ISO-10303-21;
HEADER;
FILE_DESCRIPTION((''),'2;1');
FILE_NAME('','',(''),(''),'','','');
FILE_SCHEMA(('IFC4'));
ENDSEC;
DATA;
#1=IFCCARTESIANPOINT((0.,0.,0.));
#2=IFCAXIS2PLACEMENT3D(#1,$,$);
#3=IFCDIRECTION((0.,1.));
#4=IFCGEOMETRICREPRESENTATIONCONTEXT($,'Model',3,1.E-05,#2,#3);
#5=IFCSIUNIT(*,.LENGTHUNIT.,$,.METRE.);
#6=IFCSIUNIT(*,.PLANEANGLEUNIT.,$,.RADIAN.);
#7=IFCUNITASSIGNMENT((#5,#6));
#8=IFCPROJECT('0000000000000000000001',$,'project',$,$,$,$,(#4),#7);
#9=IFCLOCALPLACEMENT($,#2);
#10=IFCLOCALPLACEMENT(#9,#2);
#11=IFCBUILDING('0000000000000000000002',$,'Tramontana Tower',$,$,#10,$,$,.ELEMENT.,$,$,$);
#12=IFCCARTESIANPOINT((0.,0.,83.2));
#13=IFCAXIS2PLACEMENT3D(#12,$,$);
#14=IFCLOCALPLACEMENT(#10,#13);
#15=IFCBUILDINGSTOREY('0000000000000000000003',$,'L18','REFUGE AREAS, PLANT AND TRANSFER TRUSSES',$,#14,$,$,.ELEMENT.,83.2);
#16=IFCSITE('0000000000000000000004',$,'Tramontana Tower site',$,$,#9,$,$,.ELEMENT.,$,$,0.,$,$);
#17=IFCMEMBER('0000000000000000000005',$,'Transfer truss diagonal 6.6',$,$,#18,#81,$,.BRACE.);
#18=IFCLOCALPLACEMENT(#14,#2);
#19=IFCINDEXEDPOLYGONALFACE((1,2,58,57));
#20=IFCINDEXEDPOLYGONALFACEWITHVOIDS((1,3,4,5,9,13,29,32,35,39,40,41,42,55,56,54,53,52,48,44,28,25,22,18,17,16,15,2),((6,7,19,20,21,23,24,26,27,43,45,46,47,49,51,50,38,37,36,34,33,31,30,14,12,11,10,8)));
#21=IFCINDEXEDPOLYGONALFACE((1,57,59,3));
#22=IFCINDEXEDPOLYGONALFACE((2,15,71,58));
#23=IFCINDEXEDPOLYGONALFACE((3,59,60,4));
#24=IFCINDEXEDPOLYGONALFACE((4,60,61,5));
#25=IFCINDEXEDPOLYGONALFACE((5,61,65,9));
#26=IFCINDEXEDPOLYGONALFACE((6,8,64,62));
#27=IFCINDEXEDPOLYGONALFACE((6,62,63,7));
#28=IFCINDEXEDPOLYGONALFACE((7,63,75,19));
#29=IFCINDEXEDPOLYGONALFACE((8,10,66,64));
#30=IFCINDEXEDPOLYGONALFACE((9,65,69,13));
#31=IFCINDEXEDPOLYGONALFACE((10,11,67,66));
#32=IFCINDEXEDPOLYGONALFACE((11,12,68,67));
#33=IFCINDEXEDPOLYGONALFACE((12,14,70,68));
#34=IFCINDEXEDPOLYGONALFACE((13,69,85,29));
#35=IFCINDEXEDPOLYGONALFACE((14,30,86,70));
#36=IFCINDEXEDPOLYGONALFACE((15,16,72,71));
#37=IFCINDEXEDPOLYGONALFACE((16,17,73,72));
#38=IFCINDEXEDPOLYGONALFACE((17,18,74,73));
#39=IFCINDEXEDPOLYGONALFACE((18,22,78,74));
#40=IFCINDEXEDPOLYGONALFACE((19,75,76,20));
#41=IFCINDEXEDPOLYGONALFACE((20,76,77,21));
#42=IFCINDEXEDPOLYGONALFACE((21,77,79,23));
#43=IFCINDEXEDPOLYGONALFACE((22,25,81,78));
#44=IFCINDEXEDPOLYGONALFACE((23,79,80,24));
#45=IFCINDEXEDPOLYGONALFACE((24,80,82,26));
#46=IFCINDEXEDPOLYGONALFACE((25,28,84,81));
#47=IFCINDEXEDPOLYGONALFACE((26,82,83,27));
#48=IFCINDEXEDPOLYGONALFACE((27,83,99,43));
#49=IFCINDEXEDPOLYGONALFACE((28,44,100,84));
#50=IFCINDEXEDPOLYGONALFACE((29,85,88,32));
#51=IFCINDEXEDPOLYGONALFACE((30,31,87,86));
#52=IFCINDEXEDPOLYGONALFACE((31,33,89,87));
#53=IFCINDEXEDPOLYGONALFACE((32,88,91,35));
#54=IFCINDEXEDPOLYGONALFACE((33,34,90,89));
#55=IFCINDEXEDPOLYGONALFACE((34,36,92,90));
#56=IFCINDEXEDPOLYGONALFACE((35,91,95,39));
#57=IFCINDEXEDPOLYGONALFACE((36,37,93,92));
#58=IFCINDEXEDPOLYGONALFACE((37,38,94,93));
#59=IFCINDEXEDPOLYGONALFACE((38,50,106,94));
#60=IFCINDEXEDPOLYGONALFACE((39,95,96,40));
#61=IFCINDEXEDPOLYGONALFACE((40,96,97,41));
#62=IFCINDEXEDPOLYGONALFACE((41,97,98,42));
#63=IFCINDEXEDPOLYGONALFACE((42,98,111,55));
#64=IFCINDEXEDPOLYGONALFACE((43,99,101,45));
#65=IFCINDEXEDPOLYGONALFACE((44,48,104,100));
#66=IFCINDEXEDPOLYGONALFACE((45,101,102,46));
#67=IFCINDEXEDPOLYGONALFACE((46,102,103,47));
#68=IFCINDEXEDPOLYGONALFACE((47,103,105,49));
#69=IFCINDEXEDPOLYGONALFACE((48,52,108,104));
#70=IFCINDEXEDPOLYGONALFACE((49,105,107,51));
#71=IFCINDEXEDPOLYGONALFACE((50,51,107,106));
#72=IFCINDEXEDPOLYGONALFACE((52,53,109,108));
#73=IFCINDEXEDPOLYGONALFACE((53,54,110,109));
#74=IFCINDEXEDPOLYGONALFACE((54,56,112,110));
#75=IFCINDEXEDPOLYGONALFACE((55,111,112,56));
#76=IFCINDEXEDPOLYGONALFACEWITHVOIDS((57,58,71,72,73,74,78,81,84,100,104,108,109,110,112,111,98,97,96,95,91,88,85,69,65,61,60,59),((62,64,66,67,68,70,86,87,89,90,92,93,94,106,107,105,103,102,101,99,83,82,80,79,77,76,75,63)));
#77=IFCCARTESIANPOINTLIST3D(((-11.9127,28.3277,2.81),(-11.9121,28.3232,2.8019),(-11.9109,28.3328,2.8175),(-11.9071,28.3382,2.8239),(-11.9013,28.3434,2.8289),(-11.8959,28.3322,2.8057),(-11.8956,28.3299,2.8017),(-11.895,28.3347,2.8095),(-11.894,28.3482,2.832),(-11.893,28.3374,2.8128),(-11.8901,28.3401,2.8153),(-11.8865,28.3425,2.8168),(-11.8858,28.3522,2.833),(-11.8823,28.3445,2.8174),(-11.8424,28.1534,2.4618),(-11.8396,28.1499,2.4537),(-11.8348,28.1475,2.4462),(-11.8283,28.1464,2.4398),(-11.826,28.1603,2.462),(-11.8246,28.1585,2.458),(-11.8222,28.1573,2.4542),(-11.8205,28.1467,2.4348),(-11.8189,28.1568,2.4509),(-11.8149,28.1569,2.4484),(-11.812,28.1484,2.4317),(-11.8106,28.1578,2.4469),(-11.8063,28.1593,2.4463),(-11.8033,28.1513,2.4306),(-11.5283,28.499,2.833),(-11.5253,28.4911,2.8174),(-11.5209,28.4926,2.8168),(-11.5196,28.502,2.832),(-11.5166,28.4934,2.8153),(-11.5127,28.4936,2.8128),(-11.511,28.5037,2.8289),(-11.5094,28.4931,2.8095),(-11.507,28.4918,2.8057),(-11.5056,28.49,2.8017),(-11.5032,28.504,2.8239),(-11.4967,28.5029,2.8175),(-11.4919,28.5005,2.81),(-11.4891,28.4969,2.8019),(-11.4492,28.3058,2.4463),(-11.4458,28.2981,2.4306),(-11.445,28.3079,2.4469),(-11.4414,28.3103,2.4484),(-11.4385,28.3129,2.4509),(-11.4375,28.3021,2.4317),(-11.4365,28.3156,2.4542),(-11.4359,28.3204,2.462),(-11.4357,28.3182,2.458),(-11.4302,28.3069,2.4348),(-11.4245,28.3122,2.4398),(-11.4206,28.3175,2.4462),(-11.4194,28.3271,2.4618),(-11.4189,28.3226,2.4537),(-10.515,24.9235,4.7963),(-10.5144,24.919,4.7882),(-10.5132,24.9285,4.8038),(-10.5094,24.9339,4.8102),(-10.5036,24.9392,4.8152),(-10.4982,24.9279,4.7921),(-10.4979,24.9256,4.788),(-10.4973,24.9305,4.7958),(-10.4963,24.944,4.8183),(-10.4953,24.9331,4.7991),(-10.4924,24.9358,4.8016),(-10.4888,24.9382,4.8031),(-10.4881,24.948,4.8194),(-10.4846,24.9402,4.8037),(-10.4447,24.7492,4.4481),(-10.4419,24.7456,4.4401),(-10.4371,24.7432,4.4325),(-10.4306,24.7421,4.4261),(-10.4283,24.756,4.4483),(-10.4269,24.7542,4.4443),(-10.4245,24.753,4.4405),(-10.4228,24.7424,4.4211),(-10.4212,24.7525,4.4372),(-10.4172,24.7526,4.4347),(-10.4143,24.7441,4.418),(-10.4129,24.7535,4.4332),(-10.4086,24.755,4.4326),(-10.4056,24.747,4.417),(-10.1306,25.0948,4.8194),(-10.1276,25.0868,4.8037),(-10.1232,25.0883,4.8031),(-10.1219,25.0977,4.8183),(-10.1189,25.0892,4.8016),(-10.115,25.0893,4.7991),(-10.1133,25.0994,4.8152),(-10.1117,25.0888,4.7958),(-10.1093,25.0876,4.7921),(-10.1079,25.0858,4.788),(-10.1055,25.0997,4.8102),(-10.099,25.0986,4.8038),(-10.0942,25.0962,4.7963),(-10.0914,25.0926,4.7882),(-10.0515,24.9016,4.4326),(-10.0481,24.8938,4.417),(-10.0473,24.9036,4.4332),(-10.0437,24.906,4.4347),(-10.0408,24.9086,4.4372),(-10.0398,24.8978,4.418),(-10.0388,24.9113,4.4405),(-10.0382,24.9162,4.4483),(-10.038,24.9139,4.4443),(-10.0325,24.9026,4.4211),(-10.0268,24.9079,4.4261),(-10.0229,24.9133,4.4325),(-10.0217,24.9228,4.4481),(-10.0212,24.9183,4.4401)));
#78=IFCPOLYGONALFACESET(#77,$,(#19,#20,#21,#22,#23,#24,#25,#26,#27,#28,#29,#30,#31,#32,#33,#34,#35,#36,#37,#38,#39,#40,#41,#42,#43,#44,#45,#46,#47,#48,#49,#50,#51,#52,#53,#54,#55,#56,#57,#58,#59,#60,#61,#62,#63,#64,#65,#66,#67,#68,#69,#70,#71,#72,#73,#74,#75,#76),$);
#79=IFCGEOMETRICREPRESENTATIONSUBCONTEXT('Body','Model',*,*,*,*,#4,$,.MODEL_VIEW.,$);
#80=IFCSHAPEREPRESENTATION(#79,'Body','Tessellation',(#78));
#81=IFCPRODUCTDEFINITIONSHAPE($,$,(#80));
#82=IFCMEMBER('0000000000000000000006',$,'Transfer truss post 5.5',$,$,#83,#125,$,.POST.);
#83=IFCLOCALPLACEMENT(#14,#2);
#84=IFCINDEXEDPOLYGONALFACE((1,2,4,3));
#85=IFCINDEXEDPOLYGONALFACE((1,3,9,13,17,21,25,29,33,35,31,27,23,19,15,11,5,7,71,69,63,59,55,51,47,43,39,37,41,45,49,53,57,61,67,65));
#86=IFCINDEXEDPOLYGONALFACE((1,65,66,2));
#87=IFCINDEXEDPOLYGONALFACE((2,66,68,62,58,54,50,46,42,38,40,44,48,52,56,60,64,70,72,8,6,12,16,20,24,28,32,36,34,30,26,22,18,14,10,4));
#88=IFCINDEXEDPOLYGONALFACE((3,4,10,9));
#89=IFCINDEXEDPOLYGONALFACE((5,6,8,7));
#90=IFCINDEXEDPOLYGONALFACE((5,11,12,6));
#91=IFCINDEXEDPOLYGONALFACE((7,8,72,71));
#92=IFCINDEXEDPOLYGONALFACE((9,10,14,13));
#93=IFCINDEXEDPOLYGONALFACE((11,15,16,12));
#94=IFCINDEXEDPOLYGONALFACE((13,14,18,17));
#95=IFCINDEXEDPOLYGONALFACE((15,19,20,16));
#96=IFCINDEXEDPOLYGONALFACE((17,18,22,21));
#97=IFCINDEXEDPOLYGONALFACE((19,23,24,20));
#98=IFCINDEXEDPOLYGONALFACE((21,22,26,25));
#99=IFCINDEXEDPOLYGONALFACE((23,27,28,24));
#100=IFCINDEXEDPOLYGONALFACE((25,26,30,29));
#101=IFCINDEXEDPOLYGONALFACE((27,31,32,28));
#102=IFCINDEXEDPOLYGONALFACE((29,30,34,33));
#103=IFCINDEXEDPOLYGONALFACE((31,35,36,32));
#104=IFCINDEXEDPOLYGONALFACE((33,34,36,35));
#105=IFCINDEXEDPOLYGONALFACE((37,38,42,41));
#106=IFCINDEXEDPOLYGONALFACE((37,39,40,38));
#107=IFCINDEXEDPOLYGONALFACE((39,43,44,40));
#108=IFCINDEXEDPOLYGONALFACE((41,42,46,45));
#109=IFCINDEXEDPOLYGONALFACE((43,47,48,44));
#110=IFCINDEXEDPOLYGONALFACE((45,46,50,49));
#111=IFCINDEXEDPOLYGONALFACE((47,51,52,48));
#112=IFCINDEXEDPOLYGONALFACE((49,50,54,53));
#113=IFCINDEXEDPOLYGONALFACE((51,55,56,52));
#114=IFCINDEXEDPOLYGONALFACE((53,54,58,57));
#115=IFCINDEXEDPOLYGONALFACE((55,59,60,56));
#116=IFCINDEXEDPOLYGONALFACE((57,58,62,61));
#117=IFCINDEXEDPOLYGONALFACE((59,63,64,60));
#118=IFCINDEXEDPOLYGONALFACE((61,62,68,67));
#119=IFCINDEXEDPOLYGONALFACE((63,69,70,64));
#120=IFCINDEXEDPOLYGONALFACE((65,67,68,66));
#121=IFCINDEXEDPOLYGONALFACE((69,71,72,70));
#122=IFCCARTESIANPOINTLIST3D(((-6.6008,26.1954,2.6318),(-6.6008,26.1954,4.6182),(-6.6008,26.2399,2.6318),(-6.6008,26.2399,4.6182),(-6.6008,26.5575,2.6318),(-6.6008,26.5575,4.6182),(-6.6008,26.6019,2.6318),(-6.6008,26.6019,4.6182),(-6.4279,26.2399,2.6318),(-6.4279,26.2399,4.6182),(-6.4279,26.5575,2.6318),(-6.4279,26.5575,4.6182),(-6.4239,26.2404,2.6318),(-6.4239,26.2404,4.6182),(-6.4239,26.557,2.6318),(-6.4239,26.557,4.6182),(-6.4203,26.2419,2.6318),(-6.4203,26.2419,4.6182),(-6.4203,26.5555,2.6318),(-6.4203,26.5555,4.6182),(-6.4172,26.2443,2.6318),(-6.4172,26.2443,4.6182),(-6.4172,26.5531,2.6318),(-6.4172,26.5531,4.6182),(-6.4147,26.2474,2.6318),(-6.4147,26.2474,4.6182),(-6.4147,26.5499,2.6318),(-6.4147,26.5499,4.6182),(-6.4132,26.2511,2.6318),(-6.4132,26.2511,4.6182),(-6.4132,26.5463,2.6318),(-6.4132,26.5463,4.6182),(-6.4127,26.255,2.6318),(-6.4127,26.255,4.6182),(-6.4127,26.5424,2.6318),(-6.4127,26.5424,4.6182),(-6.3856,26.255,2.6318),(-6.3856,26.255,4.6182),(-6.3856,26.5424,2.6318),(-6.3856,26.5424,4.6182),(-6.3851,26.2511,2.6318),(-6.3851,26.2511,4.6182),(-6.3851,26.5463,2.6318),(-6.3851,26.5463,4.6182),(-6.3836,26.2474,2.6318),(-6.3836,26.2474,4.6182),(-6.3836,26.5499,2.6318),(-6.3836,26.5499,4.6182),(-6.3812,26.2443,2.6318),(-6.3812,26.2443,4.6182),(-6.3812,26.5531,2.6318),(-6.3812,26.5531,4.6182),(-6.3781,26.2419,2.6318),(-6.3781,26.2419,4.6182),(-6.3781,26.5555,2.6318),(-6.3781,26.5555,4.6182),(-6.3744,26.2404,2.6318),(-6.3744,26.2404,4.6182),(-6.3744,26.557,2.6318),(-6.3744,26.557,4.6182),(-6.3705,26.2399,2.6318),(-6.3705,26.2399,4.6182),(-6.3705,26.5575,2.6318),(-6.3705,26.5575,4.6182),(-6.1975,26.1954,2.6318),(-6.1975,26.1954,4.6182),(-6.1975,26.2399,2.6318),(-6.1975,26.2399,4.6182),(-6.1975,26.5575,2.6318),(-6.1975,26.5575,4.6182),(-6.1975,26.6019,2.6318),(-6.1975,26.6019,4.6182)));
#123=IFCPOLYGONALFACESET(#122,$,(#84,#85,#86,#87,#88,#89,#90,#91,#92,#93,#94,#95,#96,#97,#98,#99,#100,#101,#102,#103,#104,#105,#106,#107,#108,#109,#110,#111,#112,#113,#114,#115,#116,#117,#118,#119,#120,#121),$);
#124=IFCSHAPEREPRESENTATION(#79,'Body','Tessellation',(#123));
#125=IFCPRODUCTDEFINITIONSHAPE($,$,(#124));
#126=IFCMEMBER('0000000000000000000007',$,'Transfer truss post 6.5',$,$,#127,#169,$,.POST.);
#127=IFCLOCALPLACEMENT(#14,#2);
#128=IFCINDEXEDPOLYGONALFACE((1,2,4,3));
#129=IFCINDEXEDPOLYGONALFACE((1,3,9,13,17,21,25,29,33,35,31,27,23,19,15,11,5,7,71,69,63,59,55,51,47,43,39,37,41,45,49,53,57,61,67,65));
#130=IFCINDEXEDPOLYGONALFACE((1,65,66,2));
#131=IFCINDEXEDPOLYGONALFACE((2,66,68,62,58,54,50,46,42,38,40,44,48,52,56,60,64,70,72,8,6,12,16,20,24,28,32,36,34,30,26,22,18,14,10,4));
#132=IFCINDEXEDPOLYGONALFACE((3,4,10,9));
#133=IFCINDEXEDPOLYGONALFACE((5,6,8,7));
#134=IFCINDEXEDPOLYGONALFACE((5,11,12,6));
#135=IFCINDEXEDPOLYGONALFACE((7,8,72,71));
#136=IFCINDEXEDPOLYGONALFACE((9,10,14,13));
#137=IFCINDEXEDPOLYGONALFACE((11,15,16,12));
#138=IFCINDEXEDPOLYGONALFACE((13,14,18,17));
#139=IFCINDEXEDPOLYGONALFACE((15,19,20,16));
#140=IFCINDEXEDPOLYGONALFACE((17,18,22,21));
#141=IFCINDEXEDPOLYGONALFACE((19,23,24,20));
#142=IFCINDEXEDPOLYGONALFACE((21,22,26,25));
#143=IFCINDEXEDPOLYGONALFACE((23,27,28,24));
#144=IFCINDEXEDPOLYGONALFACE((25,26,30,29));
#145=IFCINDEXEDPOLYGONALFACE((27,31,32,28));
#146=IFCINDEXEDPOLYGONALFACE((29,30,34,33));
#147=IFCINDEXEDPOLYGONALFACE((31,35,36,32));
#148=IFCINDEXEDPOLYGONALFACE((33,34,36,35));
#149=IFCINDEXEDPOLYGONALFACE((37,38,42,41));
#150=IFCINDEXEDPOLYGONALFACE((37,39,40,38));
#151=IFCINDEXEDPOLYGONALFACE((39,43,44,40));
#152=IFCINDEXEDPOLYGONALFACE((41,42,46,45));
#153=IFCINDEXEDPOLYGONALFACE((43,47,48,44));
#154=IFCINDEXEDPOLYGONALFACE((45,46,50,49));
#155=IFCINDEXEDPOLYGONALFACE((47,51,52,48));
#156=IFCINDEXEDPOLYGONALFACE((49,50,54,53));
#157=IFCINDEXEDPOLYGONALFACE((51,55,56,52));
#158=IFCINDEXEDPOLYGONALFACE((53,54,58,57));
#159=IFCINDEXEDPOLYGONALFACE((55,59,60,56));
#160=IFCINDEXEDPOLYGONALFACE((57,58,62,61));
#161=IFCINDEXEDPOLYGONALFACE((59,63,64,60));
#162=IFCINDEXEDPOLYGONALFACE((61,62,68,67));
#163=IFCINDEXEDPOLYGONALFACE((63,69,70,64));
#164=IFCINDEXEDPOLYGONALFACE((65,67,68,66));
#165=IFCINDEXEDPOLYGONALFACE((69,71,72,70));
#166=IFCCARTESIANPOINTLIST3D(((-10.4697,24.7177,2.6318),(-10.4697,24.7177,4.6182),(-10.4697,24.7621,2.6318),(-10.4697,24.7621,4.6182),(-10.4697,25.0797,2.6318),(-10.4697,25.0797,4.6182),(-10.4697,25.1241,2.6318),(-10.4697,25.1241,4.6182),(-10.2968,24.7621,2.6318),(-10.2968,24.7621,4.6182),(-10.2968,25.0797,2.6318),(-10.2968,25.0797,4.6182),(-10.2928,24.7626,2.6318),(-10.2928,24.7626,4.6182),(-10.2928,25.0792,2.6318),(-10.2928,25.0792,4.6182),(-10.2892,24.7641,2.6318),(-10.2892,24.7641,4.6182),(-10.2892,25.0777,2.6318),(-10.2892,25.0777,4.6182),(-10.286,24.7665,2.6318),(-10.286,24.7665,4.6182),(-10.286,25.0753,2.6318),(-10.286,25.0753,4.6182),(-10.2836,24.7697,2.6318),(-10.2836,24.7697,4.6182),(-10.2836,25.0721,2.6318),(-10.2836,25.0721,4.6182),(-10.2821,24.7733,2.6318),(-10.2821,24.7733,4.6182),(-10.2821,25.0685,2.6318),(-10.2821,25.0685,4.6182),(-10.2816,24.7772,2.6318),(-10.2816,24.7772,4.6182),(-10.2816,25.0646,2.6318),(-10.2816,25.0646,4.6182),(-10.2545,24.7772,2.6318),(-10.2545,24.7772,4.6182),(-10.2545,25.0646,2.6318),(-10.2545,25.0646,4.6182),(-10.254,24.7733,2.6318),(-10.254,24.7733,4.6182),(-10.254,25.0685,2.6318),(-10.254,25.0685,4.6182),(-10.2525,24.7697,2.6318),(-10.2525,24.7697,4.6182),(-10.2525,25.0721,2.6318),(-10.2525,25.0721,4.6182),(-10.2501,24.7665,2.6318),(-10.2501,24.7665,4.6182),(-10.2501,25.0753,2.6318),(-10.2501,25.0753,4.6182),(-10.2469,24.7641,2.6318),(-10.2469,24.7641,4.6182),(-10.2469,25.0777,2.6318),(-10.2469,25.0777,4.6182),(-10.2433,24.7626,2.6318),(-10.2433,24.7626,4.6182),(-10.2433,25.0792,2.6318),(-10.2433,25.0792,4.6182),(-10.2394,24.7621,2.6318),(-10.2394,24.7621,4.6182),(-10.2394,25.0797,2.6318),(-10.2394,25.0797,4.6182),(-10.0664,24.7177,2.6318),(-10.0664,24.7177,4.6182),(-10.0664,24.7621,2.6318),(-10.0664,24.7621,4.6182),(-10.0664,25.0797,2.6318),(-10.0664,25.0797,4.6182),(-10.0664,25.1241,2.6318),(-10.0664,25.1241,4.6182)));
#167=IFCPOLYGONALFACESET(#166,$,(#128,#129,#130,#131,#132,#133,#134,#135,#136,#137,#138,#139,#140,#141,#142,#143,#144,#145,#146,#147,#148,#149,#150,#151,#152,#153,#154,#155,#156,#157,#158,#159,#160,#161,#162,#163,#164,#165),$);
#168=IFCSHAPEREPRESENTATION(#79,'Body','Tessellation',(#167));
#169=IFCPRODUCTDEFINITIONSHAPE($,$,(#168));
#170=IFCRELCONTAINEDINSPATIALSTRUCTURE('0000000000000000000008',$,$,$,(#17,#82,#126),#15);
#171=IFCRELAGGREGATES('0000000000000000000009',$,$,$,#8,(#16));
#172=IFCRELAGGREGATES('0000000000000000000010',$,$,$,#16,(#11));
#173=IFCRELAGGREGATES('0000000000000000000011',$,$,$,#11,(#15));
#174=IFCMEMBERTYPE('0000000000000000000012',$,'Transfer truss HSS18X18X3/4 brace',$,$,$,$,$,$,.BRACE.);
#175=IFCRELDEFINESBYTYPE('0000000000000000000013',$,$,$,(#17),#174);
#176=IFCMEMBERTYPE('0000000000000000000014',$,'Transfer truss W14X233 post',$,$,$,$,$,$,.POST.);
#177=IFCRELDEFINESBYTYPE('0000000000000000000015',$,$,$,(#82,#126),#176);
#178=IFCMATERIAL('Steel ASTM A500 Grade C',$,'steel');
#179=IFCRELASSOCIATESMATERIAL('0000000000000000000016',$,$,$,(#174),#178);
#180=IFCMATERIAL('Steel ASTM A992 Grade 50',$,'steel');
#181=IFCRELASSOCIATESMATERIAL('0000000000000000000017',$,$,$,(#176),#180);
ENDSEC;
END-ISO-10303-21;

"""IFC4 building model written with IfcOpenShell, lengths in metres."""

from ifc_helpers import new_model, si_unit, direction, frame, origin, origin_2d, place, context, subcontext, project, spatial, hollow_rectangle, i_section, extrude, material, material_profile, profile_set, type_object, element, save


model = new_model("IFC4")

# Units and contexts
model_context = context("Model", 3, precision=1e-05, world=origin(), true_north=direction((0.0, 1.0)))
body_context = subcontext(model_context, "Body", "Model", "MODEL_VIEW")
ifc_project = project(units=[si_unit("LENGTHUNIT", "METRE"), si_unit("PLANEANGLEUNIT", "RADIAN")], contexts=[model_context])

# Site, building, storey
site_placement = place(None, origin())
site = spatial("IfcSite", under=ifc_project, at=site_placement, Name="Tramontana Tower site", CompositionType="ELEMENT", RefElevation=0.0)
building_placement = place(site_placement, origin())
building = spatial("IfcBuilding", under=site, at=building_placement, Name="Tramontana Tower", CompositionType="ELEMENT")
storey_placement = place(building_placement, frame((0.0, 0.0, 83.2)))
storey = spatial("IfcBuildingStorey", under=building, at=storey_placement, Name="L18", Description="REFUGE AREAS, PLANT AND TRANSFER TRUSSES", CompositionType="ELEMENT", Elevation=83.2)

# Members
ifc_material_1 = material(Name="Steel ASTM A500 Grade C", Category="steel")
ifc_material_profile_1 = material_profile(ifc_material_1, hollow_rectangle(XDim=0.4573, YDim=0.4573, WallThickness=0.0178, InnerFilletRadius=0.0178, OuterFilletRadius=0.0354, at=origin_2d()), Name="HSS18X18X3/4")
ifc_profile_set_1 = profile_set([ifc_material_profile_1], Name="Steel ASTM A500 Grade C")
member_type_1 = type_object("IfcMemberType", Name="Transfer truss HSS18X18X3/4 brace", PredefinedType="BRACE", material=ifc_profile_set_1)
member_1_placement = place(storey_placement, frame((-10.2681, 24.9209, 4.6182), z_axis=(-0.334227, 0.814054, -0.474982), x_axis=(-0.925066, -0.379805, 0.0)))
element("IfcMember", 1, at=member_1_placement, inside=storey, type_object=member_type_1, Name="Transfer truss diagonal 6.6", PredefinedType="BRACE", context=body_context, shape_type="SweptSolid", body=[
    extrude(hollow_rectangle(XDim=0.4573, YDim=0.4573, WallThickness=0.0178, InnerFilletRadius=0.0178, OuterFilletRadius=0.0354, at=origin_2d()), origin(), (0.0, 0.0, 1.0), 4.1819),
])
ifc_material_2 = material(Name="Steel ASTM A992 Grade 50", Category="steel")
ifc_material_profile_2 = material_profile(ifc_material_2, i_section(OverallWidth=0.4033, OverallDepth=0.4065, WebThickness=0.0271, FlangeThickness=0.0444, FilletRadius=0.0151, at=origin_2d()), Name="W14X233")
ifc_profile_set_2 = profile_set([ifc_material_profile_2], Name="Steel ASTM A992 Grade 50")
member_type_2 = type_object("IfcMemberType", Name="Transfer truss W14X233 post", PredefinedType="POST", material=ifc_profile_set_2)
for number, where, z_axis, x_axis, name in (
    (2, (-6.3992, 26.3987, 2.6318), (0.0, 0.0, 1.0), (1.0, 0.0, 0.0), "Transfer truss post 5.5"),
    (3, (-10.2681, 24.9209, 2.6318), (0.0, 0.0, 1.0), (1.0, 0.0, 0.0), "Transfer truss post 6.5"),
):
    element("IfcMember", number, at=place(storey_placement, frame(where, z_axis=z_axis, x_axis=x_axis)), inside=storey, type_object=member_type_2, Name=name, PredefinedType="POST", context=body_context, shape_type="SweptSolid", body=[
        extrude(i_section(OverallWidth=0.4033, OverallDepth=0.4065, WebThickness=0.0271, FlangeThickness=0.0444, FilletRadius=0.0151, at=origin_2d()), origin(), (0.0, 0.0, 1.0), 1.9863),
    ])

save(model, "model.ifc")
